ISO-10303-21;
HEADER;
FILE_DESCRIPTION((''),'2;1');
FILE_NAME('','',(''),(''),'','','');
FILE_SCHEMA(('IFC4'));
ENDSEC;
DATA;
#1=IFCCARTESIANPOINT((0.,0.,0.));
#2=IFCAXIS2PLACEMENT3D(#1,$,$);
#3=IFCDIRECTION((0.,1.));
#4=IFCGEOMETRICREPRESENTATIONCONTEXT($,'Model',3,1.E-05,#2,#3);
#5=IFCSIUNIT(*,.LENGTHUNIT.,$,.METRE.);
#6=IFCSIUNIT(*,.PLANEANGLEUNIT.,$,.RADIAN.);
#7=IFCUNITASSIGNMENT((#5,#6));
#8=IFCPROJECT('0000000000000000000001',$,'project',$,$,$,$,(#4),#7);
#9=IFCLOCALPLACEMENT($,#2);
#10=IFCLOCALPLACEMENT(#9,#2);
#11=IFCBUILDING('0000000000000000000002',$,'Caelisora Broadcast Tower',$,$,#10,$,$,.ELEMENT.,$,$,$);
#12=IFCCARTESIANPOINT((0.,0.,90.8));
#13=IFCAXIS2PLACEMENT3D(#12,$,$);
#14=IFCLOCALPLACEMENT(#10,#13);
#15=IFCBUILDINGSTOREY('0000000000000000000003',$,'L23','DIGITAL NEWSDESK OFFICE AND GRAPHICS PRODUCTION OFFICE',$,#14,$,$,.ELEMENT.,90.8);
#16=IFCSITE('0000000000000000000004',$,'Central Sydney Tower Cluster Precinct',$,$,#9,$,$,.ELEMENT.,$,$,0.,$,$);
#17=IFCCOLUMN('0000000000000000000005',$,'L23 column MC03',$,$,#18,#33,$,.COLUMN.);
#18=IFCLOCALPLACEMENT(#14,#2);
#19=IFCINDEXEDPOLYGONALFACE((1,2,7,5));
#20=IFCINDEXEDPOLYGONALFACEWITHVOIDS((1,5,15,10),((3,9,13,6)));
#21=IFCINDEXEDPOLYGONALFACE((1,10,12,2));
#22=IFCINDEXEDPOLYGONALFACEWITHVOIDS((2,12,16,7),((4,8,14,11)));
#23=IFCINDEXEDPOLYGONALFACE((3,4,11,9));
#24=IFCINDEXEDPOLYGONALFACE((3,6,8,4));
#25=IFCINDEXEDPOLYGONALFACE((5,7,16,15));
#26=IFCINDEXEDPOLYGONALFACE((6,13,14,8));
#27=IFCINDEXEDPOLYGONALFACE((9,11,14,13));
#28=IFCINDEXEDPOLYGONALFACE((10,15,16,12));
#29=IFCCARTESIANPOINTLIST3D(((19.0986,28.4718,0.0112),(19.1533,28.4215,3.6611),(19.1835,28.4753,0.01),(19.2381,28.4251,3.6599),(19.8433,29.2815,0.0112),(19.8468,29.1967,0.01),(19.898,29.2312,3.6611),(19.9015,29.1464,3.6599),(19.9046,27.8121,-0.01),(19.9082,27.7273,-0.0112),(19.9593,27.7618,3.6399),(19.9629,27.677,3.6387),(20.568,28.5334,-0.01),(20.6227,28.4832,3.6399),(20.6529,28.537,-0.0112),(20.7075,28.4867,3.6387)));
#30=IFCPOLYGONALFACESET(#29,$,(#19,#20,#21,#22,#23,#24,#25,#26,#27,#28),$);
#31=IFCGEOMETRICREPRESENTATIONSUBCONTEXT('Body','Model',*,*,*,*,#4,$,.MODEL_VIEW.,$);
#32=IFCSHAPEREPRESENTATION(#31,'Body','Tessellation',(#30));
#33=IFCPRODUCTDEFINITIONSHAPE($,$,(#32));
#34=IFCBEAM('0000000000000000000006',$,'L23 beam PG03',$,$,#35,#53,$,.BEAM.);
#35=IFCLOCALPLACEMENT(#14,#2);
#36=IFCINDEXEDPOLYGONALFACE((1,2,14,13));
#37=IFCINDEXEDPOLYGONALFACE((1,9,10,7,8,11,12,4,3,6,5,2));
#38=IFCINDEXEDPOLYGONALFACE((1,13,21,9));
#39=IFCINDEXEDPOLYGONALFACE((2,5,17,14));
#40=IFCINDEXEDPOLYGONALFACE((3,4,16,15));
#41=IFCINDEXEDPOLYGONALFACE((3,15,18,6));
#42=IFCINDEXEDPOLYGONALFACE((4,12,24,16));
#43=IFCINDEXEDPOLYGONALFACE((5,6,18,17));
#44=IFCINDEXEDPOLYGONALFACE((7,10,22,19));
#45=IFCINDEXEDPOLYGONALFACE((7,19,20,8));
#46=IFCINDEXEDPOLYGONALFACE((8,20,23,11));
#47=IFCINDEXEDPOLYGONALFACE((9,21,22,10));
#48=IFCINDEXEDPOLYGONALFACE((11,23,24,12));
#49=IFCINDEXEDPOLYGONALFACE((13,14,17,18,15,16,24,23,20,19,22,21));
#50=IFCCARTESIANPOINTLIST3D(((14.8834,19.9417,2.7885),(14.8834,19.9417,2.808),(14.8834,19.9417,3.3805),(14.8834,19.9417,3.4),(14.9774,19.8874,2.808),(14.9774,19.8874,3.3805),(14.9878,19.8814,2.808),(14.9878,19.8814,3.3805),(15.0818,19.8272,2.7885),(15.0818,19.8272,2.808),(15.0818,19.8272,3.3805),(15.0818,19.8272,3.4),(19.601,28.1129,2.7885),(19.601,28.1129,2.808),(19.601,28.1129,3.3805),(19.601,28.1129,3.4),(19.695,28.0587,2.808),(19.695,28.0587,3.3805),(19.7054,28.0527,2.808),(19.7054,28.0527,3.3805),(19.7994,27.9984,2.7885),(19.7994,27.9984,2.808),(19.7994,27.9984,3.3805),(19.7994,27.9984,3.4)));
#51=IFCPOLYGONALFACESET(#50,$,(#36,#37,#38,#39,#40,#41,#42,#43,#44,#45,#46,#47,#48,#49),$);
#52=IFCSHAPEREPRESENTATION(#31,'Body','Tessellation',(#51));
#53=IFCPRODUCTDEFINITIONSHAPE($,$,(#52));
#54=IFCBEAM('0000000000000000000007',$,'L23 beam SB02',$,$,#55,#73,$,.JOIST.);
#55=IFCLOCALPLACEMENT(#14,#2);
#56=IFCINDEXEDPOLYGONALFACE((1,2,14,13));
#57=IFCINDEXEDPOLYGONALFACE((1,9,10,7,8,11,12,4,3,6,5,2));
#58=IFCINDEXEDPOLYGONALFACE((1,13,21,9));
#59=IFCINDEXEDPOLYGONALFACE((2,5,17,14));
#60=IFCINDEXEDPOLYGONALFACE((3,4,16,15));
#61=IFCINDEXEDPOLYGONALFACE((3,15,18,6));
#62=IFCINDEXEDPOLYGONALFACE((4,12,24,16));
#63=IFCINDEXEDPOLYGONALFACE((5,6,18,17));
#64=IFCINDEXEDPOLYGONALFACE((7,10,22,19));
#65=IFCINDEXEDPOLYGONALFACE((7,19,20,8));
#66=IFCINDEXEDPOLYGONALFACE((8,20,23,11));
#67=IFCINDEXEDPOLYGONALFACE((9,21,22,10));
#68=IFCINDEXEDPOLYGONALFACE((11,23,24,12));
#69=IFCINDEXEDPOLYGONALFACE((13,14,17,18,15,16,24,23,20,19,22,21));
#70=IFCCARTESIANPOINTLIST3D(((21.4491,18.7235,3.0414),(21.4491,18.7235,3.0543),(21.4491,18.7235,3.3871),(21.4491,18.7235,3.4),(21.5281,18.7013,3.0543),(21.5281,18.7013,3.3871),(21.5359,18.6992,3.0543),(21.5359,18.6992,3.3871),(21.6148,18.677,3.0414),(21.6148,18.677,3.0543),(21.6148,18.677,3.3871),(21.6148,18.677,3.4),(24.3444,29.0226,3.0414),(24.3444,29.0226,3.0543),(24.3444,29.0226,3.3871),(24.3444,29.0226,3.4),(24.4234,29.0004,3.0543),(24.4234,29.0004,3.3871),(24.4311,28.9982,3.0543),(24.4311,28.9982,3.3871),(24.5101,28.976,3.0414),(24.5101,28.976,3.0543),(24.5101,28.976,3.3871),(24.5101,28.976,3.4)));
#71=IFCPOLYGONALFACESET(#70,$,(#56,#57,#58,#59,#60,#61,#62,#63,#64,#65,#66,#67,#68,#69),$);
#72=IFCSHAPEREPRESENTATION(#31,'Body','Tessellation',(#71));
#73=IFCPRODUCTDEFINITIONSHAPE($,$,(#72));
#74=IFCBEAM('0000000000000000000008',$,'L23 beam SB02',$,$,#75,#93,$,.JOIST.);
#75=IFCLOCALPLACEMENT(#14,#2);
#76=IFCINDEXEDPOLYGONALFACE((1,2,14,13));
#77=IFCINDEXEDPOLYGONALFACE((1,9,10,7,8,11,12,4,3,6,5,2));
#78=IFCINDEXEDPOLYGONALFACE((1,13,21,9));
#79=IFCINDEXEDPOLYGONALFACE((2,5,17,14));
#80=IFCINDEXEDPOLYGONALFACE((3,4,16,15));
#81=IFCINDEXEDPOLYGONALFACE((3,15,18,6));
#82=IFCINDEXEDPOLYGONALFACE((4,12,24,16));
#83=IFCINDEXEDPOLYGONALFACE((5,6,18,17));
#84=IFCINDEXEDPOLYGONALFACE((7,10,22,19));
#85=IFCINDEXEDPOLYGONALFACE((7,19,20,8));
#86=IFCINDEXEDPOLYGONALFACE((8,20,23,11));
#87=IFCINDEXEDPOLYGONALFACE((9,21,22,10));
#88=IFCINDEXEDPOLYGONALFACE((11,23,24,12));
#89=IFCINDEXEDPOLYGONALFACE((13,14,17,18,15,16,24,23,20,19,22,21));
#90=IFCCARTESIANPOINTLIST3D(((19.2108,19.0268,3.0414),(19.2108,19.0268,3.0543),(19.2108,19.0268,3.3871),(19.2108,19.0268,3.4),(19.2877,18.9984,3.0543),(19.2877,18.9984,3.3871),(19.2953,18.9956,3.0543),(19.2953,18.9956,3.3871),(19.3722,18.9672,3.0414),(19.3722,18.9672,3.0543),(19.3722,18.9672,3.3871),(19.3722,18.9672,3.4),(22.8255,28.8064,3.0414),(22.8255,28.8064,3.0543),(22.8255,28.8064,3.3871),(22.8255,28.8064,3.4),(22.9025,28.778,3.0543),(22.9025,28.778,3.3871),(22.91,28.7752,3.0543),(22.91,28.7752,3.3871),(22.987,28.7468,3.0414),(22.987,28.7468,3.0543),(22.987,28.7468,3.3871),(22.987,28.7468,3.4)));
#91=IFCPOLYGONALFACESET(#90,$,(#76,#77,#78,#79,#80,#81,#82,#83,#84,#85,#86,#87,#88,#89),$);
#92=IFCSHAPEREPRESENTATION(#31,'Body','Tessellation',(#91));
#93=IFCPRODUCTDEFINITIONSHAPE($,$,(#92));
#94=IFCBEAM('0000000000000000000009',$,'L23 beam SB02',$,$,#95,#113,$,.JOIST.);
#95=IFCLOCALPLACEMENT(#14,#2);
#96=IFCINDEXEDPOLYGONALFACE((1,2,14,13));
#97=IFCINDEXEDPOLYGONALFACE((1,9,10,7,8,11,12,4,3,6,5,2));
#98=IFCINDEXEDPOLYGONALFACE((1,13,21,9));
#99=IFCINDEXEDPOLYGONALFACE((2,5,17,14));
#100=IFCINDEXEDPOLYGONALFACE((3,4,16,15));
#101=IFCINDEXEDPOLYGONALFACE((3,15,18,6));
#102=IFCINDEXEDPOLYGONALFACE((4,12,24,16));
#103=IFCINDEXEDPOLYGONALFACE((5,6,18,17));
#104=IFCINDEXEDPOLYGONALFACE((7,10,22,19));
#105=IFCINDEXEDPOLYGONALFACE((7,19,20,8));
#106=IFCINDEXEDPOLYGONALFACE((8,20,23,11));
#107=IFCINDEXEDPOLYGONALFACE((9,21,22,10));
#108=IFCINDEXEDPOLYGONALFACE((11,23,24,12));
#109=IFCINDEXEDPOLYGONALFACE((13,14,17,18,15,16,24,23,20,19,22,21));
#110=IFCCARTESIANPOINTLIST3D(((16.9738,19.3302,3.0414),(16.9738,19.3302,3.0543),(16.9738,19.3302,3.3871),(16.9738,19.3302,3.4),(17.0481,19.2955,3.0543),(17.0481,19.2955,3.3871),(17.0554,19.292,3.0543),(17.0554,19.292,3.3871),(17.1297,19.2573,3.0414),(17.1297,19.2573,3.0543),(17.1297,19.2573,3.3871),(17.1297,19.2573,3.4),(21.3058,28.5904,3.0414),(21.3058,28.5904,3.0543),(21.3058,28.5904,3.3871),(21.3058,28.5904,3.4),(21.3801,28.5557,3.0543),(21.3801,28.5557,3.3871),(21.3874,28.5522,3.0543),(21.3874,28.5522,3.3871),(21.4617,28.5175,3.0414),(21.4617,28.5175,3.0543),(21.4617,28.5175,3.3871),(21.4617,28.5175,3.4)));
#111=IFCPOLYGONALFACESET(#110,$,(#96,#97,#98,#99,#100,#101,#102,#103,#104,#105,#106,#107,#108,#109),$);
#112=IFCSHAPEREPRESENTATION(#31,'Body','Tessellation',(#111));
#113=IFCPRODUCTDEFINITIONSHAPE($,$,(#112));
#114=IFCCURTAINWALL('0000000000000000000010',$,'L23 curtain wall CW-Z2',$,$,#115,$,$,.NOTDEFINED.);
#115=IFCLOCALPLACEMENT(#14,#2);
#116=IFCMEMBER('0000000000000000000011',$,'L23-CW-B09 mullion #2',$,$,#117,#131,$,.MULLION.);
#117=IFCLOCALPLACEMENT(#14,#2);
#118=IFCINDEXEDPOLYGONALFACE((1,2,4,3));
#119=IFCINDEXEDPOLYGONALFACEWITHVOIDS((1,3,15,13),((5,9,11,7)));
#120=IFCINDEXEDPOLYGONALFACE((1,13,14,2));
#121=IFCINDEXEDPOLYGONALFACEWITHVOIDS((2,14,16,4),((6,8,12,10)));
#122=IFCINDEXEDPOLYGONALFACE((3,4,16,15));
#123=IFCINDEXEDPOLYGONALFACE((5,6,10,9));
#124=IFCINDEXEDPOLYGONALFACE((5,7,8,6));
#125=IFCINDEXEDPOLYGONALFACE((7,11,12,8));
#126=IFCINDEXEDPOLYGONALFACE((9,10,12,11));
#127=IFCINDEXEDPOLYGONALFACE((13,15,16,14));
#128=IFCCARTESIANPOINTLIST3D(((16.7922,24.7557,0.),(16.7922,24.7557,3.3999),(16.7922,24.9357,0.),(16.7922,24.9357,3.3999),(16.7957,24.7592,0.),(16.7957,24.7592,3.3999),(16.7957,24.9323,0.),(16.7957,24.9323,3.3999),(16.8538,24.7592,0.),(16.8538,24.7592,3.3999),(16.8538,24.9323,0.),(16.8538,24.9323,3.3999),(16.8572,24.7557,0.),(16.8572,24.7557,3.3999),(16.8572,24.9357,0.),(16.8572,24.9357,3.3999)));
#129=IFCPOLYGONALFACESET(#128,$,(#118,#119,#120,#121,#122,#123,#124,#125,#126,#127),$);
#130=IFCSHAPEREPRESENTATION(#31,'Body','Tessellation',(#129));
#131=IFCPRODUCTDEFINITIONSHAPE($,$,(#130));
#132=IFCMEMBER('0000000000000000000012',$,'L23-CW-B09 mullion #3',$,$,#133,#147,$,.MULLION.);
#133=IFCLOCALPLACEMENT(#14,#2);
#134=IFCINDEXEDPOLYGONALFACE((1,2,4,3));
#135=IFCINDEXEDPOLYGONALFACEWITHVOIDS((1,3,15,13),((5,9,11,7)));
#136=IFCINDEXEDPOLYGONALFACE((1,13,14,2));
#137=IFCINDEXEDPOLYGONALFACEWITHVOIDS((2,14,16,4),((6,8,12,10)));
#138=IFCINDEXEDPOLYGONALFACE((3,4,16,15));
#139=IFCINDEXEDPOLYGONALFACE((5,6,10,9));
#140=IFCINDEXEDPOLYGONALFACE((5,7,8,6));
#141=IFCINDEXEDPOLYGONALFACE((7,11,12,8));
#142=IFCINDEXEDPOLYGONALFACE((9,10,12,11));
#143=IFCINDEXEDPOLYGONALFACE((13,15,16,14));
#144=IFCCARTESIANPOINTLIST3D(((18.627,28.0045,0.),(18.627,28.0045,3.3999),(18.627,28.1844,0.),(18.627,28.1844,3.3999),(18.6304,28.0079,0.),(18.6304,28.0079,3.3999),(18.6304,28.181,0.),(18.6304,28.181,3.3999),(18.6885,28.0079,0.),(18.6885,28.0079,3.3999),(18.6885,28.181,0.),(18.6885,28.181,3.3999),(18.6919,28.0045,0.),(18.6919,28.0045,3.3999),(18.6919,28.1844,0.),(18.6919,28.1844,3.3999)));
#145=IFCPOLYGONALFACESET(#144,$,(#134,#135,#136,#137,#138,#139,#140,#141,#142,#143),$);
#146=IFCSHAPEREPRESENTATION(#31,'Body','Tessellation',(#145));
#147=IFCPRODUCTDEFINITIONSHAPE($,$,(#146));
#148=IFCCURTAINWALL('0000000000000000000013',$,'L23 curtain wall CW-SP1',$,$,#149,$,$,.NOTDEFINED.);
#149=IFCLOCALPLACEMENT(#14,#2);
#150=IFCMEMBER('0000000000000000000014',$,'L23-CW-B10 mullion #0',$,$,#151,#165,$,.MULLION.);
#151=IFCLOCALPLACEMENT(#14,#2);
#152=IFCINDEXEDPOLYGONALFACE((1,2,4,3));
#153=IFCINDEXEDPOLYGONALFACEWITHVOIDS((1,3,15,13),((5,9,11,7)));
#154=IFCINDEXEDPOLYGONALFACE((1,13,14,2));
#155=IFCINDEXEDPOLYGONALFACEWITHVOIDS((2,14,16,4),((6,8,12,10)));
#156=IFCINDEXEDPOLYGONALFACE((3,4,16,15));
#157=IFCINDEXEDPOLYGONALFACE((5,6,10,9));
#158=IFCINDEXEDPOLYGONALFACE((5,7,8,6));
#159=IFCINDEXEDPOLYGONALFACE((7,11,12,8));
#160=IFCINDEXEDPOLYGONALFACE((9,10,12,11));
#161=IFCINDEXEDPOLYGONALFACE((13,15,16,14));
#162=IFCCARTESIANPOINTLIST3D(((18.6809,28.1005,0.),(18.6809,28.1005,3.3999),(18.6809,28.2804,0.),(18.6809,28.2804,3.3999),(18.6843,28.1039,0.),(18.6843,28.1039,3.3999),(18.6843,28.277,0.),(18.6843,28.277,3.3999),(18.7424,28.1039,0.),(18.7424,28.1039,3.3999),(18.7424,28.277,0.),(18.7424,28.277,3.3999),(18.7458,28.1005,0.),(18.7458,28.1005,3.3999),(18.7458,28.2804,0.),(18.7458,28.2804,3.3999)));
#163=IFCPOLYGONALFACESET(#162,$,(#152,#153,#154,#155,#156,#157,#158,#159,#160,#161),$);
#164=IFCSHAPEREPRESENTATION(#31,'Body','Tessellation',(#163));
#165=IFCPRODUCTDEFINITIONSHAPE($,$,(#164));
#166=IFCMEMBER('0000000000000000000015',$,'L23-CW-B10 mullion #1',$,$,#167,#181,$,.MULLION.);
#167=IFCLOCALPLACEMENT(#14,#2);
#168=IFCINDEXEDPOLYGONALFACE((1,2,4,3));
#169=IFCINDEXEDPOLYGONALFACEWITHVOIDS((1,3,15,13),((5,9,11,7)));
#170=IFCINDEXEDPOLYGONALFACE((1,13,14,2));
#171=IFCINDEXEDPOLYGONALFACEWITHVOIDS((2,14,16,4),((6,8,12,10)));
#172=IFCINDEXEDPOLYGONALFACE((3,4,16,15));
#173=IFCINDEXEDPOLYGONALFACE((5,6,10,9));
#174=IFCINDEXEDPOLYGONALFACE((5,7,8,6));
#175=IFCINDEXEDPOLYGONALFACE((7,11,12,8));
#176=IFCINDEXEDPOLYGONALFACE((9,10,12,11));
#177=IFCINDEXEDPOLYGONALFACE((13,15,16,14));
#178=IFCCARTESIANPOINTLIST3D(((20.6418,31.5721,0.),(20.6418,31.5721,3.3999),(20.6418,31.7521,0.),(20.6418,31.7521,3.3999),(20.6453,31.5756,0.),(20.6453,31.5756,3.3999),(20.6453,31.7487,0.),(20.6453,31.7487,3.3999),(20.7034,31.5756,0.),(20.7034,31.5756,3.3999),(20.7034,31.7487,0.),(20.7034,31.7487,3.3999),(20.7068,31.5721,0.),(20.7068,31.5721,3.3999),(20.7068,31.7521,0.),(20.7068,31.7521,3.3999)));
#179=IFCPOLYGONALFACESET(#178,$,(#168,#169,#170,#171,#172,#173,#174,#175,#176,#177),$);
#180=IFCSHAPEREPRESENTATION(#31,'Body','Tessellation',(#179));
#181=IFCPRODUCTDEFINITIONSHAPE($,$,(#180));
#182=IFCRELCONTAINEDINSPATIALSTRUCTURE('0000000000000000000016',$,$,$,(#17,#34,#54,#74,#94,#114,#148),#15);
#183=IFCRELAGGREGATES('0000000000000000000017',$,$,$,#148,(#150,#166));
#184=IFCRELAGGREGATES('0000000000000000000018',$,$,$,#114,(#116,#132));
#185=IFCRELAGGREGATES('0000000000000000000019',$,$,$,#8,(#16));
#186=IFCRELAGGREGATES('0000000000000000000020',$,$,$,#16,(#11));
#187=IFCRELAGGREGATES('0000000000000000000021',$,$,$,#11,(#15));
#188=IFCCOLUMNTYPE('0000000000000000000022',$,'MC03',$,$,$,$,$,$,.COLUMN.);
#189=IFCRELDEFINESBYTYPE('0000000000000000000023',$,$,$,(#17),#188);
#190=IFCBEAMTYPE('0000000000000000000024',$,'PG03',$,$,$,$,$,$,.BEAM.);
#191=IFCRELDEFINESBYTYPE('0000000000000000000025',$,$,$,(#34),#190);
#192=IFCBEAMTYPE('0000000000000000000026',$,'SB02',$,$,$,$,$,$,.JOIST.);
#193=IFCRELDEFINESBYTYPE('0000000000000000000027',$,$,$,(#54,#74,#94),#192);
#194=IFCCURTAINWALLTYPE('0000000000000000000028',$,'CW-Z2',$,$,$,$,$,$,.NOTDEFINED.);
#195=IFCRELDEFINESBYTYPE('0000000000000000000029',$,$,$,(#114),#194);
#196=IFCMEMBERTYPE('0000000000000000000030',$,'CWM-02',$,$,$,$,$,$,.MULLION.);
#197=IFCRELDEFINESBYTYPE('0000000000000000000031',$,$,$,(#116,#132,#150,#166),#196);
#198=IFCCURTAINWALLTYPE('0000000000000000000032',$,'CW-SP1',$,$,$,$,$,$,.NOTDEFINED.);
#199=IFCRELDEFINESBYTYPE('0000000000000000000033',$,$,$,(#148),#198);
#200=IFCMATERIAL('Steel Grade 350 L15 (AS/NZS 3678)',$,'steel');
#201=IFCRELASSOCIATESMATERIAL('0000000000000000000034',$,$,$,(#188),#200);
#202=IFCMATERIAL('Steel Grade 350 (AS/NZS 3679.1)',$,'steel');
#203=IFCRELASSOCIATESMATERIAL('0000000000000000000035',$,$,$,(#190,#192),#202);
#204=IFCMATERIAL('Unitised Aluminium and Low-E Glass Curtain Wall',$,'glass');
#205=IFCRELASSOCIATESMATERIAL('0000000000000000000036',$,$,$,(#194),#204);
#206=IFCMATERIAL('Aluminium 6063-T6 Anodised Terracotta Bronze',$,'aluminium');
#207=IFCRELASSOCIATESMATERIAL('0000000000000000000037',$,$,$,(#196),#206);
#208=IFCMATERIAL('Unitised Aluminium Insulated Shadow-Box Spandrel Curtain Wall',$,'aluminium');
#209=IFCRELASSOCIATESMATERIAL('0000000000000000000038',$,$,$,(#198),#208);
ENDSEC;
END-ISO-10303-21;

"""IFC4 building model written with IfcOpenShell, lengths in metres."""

from ifc_helpers import new_model, si_unit, direction, frame, origin, origin_2d, place, context, subcontext, project, spatial, hollow_rectangle, i_section, extrude, source, transform, mapped, material, material_profile, profile_set, type_object, type_shapes, element, aggregate, save


model = new_model("IFC4")

# Units and contexts
model_context = context("Model", 3, precision=1e-05, world=origin(), true_north=direction((0.0, 1.0)))
body_context = subcontext(model_context, "Body", "Model", "MODEL_VIEW")
ifc_project = project(units=[si_unit("LENGTHUNIT", "METRE"), si_unit("PLANEANGLEUNIT", "RADIAN")], contexts=[model_context])

# Site, building, storey
site_placement = place(None, origin())
site = spatial("IfcSite", under=ifc_project, at=site_placement, Name="Central Sydney Tower Cluster Precinct", CompositionType="ELEMENT", RefElevation=0.0)
building_placement = place(site_placement, origin())
building = spatial("IfcBuilding", under=site, at=building_placement, Name="Caelisora Broadcast Tower", CompositionType="ELEMENT")
storey_placement = place(building_placement, frame((0.0, 0.0, 90.8)))
storey = spatial("IfcBuildingStorey", under=building, at=storey_placement, Name="L23", Description="DIGITAL NEWSDESK OFFICE AND GRAPHICS PRODUCTION OFFICE", CompositionType="ELEMENT", Elevation=90.8)

# Column
ifc_material_1 = material(Name="Steel Grade 350 L15 (AS/NZS 3678)", Category="steel")
ifc_material_profile_1 = material_profile(ifc_material_1, hollow_rectangle(XDim=1.1001, YDim=1.1001, WallThickness=0.0601, at=origin_2d()), Name="Steel Grade 350 L15 (AS/NZS 3678)")
ifc_profile_set_1 = profile_set([ifc_material_profile_1], Name="Steel Grade 350 L15 (AS/NZS 3678)")
column_type = type_object("IfcColumnType", Name="MC03", PredefinedType="COLUMN", material=ifc_profile_set_1)
shared_shape_1 = source(origin(), body_context, "Body", "SweptSolid", [
    extrude(hollow_rectangle(XDim=1.1001, YDim=1.1001, WallThickness=0.0601, at=origin_2d()), origin(), (0.0, 0.0, 1.0), 3.6506),
])
type_shapes(column_type, [shared_shape_1])
column_placement = place(storey_placement, frame((19.8757, 28.5044, 0.0), z_axis=(0.01498, -0.013776, 0.999793), x_axis=(0.676914, 0.736062, 0.0)))
element("IfcColumn", 1, at=column_placement, inside=storey, type_object=column_type, Name="L23 column MC03", PredefinedType="COLUMN", context=body_context, shape_type="MappedRepresentation", body=[
    mapped(shared_shape_1, transform((0.0, 0.0, 0.0), scale=1.0)),
])

# Beams
ifc_material_2 = material(Name="Steel Grade 350 (AS/NZS 3679.1)", Category="steel")
ifc_material_profile_2 = material_profile(ifc_material_2, i_section(OverallWidth=0.229, OverallDepth=0.6116, WebThickness=0.012, FlangeThickness=0.0195, at=origin_2d()), Name="Steel Grade 350 (AS/NZS 3679.1)")
ifc_profile_set_2 = profile_set([ifc_material_profile_2], Name="Steel Grade 350 (AS/NZS 3679.1)")
beam_type_1 = type_object("IfcBeamType", Name="PG03", PredefinedType="BEAM", material=ifc_profile_set_2)
shared_shape_2 = source(origin(), body_context, "Body", "SweptSolid", [
    extrude(i_section(OverallWidth=0.229, OverallDepth=0.6116, WebThickness=0.012, FlangeThickness=0.0195, at=origin_2d()), origin(), (0.0, 0.0, 1.0), 9.4353),
])
type_shapes(beam_type_1, [shared_shape_2])
beam_1_placement = place(storey_placement, frame((19.7002, 28.0557, 3.0942), z_axis=(-0.499993, -0.866029, 0.0), x_axis=(0.866029, -0.499993, 0.0)))
element("IfcBeam", 2, at=beam_1_placement, inside=storey, type_object=beam_type_1, Name="L23 beam PG03", PredefinedType="BEAM", context=body_context, shape_type="MappedRepresentation", body=[
    mapped(shared_shape_2, transform((0.0, 0.0, 0.0), scale=1.0)),
])
ifc_material_profile_3 = material_profile(ifc_material_2, i_section(OverallWidth=0.1721, OverallDepth=0.3586, WebThickness=0.0081, FlangeThickness=0.0129, at=origin_2d()), Name="Steel Grade 350 (AS/NZS 3679.1)")
ifc_profile_set_3 = profile_set([ifc_material_profile_3], Name="Steel Grade 350 (AS/NZS 3679.1)")
beam_type_2 = type_object("IfcBeamType", Name="SB02", PredefinedType="JOIST", material=ifc_profile_set_3)
shared_shape_3 = source(origin(), body_context, "Body", "SweptSolid", [
    extrude(i_section(OverallWidth=0.1721, OverallDepth=0.3586, WebThickness=0.0081, FlangeThickness=0.0129, at=origin_2d()), origin(), (0.0, 0.0, 1.0), 10.6982),
])
beam_2_placement = place(storey_placement, frame((24.4272, 28.9993, 3.2207), z_axis=(-0.270629, -0.962684, 0.0), x_axis=(0.962684, -0.270629, 0.0)))
element("IfcBeam", 3, at=beam_2_placement, inside=storey, type_object=beam_type_2, Name="L23 beam SB02", PredefinedType="JOIST", context=body_context, shape_type="MappedRepresentation", body=[
    mapped(shared_shape_3, transform((0.0, 0.0, 0.0), scale=1.0)),
])
shared_shape_4 = source(origin(), body_context, "Body", "SweptSolid", [
    extrude(i_section(OverallWidth=0.1721, OverallDepth=0.3586, WebThickness=0.0081, FlangeThickness=0.0129, at=origin_2d()), origin(), (0.0, 0.0, 1.0), 10.4263),
])
beam_3_placement = place(storey_placement, frame((22.9062, 28.7766, 3.2207), z_axis=(-0.346698, -0.937977, 0.0), x_axis=(0.937977, -0.346698, 0.0)))
element("IfcBeam", 4, at=beam_3_placement, inside=storey, type_object=beam_type_2, Name="L23 beam SB02", PredefinedType="JOIST", context=body_context, shape_type="MappedRepresentation", body=[
    mapped(shared_shape_4, transform((0.0, 0.0, 0.0), scale=1.0)),
])
shared_shape_5 = source(origin(), body_context, "Body", "SweptSolid", [
    extrude(i_section(OverallWidth=0.1721, OverallDepth=0.3586, WebThickness=0.0081, FlangeThickness=0.0129, at=origin_2d()), origin(), (0.0, 0.0, 1.0), 10.2234),
])
type_shapes(beam_type_2, [shared_shape_3, shared_shape_4, shared_shape_5])
beam_4_placement = place(storey_placement, frame((21.3838, 28.554, 3.2207), z_axis=(-0.423735, -0.905786, 0.0), x_axis=(0.905786, -0.423735, 0.0)))
element("IfcBeam", 5, at=beam_4_placement, inside=storey, type_object=beam_type_2, Name="L23 beam SB02", PredefinedType="JOIST", context=body_context, shape_type="MappedRepresentation", body=[
    mapped(shared_shape_5, transform((0.0, 0.0, 0.0), scale=1.0)),
])

# Curtain walls, members
ifc_material_3 = material(Name="Unitised Aluminium and Low-E Glass Curtain Wall", Category="glass")
curtain_wall_type_1 = type_object("IfcCurtainWallType", Name="CW-Z2", PredefinedType="NOTDEFINED", material=ifc_material_3)
curtain_wall_1_placement = place(storey_placement, origin())
curtain_wall_1 = element("IfcCurtainWall", 6, at=curtain_wall_1_placement, inside=storey, type_object=curtain_wall_type_1, Name="L23 curtain wall CW-Z2", PredefinedType="NOTDEFINED")
ifc_material_4 = material(Name="Aluminium 6063-T6 Anodised Terracotta Bronze", Category="aluminium")
ifc_material_profile_4 = material_profile(ifc_material_4, hollow_rectangle(XDim=0.0649, YDim=0.1799, WallThickness=0.0034, at=origin_2d()), Name="Aluminium 6063-T6 Anodised Terracotta Bronze")
ifc_profile_set_4 = profile_set([ifc_material_profile_4], Name="Aluminium 6063-T6 Anodised Terracotta Bronze")
member_type_1 = type_object("IfcMemberType", Name="CWM-02", PredefinedType="MULLION", material=ifc_profile_set_4)
shared_shape_6 = source(origin(), body_context, "Body", "SweptSolid", [
    extrude(hollow_rectangle(XDim=0.0649, YDim=0.1799, WallThickness=0.0034, at=origin_2d()), origin(), (0.0, 0.0, 1.0), 3.3999),
])
type_shapes(member_type_1, [shared_shape_6])
member_1_placement = place(storey_placement, frame((16.8247, 24.8457, 0.0), z_axis=(0.0, 0.0, 1.0), x_axis=(1.0, 0.0, 0.0)))
member_1 = element("IfcMember", 7, at=member_1_placement, type_object=member_type_1, Name="L23-CW-B09 mullion #2", PredefinedType="MULLION", context=body_context, shape_type="MappedRepresentation", body=[
    mapped(shared_shape_6, transform((0.0, 0.0, 0.0), scale=1.0)),
])
member_2_placement = place(storey_placement, frame((18.6594, 28.0945, 0.0), z_axis=(0.0, 0.0, 1.0), x_axis=(1.0, 0.0, 0.0)))
member_2 = element("IfcMember", 8, at=member_2_placement, type_object=member_type_1, Name="L23-CW-B09 mullion #3", PredefinedType="MULLION", context=body_context, shape_type="MappedRepresentation", body=[
    mapped(shared_shape_6, transform((0.0, 0.0, 0.0), scale=1.0)),
])
ifc_material_5 = material(Name="Unitised Aluminium Insulated Shadow-Box Spandrel Curtain Wall", Category="aluminium")
curtain_wall_type_2 = type_object("IfcCurtainWallType", Name="CW-SP1", PredefinedType="NOTDEFINED", material=ifc_material_5)
curtain_wall_2_placement = place(storey_placement, origin())
curtain_wall_2 = element("IfcCurtainWall", 9, at=curtain_wall_2_placement, inside=storey, type_object=curtain_wall_type_2, Name="L23 curtain wall CW-SP1", PredefinedType="NOTDEFINED")
member_3_placement = place(storey_placement, frame((18.7134, 28.1904, 0.0), z_axis=(0.0, 0.0, 1.0), x_axis=(1.0, 0.0, 0.0)))
member_3 = element("IfcMember", 10, at=member_3_placement, type_object=member_type_1, Name="L23-CW-B10 mullion #0", PredefinedType="MULLION", context=body_context, shape_type="MappedRepresentation", body=[
    mapped(shared_shape_6, transform((0.0, 0.0, 0.0), scale=1.0)),
])
member_4_placement = place(storey_placement, frame((20.6743, 31.6621, 0.0), z_axis=(0.0, 0.0, 1.0), x_axis=(1.0, 0.0, 0.0)))
member_4 = element("IfcMember", 11, at=member_4_placement, type_object=member_type_1, Name="L23-CW-B10 mullion #1", PredefinedType="MULLION", context=body_context, shape_type="MappedRepresentation", body=[
    mapped(shared_shape_6, transform((0.0, 0.0, 0.0), scale=1.0)),
])

aggregate(curtain_wall_2, [member_3, member_4])
aggregate(curtain_wall_1, [member_1, member_2])

save(model, "model.ifc")
